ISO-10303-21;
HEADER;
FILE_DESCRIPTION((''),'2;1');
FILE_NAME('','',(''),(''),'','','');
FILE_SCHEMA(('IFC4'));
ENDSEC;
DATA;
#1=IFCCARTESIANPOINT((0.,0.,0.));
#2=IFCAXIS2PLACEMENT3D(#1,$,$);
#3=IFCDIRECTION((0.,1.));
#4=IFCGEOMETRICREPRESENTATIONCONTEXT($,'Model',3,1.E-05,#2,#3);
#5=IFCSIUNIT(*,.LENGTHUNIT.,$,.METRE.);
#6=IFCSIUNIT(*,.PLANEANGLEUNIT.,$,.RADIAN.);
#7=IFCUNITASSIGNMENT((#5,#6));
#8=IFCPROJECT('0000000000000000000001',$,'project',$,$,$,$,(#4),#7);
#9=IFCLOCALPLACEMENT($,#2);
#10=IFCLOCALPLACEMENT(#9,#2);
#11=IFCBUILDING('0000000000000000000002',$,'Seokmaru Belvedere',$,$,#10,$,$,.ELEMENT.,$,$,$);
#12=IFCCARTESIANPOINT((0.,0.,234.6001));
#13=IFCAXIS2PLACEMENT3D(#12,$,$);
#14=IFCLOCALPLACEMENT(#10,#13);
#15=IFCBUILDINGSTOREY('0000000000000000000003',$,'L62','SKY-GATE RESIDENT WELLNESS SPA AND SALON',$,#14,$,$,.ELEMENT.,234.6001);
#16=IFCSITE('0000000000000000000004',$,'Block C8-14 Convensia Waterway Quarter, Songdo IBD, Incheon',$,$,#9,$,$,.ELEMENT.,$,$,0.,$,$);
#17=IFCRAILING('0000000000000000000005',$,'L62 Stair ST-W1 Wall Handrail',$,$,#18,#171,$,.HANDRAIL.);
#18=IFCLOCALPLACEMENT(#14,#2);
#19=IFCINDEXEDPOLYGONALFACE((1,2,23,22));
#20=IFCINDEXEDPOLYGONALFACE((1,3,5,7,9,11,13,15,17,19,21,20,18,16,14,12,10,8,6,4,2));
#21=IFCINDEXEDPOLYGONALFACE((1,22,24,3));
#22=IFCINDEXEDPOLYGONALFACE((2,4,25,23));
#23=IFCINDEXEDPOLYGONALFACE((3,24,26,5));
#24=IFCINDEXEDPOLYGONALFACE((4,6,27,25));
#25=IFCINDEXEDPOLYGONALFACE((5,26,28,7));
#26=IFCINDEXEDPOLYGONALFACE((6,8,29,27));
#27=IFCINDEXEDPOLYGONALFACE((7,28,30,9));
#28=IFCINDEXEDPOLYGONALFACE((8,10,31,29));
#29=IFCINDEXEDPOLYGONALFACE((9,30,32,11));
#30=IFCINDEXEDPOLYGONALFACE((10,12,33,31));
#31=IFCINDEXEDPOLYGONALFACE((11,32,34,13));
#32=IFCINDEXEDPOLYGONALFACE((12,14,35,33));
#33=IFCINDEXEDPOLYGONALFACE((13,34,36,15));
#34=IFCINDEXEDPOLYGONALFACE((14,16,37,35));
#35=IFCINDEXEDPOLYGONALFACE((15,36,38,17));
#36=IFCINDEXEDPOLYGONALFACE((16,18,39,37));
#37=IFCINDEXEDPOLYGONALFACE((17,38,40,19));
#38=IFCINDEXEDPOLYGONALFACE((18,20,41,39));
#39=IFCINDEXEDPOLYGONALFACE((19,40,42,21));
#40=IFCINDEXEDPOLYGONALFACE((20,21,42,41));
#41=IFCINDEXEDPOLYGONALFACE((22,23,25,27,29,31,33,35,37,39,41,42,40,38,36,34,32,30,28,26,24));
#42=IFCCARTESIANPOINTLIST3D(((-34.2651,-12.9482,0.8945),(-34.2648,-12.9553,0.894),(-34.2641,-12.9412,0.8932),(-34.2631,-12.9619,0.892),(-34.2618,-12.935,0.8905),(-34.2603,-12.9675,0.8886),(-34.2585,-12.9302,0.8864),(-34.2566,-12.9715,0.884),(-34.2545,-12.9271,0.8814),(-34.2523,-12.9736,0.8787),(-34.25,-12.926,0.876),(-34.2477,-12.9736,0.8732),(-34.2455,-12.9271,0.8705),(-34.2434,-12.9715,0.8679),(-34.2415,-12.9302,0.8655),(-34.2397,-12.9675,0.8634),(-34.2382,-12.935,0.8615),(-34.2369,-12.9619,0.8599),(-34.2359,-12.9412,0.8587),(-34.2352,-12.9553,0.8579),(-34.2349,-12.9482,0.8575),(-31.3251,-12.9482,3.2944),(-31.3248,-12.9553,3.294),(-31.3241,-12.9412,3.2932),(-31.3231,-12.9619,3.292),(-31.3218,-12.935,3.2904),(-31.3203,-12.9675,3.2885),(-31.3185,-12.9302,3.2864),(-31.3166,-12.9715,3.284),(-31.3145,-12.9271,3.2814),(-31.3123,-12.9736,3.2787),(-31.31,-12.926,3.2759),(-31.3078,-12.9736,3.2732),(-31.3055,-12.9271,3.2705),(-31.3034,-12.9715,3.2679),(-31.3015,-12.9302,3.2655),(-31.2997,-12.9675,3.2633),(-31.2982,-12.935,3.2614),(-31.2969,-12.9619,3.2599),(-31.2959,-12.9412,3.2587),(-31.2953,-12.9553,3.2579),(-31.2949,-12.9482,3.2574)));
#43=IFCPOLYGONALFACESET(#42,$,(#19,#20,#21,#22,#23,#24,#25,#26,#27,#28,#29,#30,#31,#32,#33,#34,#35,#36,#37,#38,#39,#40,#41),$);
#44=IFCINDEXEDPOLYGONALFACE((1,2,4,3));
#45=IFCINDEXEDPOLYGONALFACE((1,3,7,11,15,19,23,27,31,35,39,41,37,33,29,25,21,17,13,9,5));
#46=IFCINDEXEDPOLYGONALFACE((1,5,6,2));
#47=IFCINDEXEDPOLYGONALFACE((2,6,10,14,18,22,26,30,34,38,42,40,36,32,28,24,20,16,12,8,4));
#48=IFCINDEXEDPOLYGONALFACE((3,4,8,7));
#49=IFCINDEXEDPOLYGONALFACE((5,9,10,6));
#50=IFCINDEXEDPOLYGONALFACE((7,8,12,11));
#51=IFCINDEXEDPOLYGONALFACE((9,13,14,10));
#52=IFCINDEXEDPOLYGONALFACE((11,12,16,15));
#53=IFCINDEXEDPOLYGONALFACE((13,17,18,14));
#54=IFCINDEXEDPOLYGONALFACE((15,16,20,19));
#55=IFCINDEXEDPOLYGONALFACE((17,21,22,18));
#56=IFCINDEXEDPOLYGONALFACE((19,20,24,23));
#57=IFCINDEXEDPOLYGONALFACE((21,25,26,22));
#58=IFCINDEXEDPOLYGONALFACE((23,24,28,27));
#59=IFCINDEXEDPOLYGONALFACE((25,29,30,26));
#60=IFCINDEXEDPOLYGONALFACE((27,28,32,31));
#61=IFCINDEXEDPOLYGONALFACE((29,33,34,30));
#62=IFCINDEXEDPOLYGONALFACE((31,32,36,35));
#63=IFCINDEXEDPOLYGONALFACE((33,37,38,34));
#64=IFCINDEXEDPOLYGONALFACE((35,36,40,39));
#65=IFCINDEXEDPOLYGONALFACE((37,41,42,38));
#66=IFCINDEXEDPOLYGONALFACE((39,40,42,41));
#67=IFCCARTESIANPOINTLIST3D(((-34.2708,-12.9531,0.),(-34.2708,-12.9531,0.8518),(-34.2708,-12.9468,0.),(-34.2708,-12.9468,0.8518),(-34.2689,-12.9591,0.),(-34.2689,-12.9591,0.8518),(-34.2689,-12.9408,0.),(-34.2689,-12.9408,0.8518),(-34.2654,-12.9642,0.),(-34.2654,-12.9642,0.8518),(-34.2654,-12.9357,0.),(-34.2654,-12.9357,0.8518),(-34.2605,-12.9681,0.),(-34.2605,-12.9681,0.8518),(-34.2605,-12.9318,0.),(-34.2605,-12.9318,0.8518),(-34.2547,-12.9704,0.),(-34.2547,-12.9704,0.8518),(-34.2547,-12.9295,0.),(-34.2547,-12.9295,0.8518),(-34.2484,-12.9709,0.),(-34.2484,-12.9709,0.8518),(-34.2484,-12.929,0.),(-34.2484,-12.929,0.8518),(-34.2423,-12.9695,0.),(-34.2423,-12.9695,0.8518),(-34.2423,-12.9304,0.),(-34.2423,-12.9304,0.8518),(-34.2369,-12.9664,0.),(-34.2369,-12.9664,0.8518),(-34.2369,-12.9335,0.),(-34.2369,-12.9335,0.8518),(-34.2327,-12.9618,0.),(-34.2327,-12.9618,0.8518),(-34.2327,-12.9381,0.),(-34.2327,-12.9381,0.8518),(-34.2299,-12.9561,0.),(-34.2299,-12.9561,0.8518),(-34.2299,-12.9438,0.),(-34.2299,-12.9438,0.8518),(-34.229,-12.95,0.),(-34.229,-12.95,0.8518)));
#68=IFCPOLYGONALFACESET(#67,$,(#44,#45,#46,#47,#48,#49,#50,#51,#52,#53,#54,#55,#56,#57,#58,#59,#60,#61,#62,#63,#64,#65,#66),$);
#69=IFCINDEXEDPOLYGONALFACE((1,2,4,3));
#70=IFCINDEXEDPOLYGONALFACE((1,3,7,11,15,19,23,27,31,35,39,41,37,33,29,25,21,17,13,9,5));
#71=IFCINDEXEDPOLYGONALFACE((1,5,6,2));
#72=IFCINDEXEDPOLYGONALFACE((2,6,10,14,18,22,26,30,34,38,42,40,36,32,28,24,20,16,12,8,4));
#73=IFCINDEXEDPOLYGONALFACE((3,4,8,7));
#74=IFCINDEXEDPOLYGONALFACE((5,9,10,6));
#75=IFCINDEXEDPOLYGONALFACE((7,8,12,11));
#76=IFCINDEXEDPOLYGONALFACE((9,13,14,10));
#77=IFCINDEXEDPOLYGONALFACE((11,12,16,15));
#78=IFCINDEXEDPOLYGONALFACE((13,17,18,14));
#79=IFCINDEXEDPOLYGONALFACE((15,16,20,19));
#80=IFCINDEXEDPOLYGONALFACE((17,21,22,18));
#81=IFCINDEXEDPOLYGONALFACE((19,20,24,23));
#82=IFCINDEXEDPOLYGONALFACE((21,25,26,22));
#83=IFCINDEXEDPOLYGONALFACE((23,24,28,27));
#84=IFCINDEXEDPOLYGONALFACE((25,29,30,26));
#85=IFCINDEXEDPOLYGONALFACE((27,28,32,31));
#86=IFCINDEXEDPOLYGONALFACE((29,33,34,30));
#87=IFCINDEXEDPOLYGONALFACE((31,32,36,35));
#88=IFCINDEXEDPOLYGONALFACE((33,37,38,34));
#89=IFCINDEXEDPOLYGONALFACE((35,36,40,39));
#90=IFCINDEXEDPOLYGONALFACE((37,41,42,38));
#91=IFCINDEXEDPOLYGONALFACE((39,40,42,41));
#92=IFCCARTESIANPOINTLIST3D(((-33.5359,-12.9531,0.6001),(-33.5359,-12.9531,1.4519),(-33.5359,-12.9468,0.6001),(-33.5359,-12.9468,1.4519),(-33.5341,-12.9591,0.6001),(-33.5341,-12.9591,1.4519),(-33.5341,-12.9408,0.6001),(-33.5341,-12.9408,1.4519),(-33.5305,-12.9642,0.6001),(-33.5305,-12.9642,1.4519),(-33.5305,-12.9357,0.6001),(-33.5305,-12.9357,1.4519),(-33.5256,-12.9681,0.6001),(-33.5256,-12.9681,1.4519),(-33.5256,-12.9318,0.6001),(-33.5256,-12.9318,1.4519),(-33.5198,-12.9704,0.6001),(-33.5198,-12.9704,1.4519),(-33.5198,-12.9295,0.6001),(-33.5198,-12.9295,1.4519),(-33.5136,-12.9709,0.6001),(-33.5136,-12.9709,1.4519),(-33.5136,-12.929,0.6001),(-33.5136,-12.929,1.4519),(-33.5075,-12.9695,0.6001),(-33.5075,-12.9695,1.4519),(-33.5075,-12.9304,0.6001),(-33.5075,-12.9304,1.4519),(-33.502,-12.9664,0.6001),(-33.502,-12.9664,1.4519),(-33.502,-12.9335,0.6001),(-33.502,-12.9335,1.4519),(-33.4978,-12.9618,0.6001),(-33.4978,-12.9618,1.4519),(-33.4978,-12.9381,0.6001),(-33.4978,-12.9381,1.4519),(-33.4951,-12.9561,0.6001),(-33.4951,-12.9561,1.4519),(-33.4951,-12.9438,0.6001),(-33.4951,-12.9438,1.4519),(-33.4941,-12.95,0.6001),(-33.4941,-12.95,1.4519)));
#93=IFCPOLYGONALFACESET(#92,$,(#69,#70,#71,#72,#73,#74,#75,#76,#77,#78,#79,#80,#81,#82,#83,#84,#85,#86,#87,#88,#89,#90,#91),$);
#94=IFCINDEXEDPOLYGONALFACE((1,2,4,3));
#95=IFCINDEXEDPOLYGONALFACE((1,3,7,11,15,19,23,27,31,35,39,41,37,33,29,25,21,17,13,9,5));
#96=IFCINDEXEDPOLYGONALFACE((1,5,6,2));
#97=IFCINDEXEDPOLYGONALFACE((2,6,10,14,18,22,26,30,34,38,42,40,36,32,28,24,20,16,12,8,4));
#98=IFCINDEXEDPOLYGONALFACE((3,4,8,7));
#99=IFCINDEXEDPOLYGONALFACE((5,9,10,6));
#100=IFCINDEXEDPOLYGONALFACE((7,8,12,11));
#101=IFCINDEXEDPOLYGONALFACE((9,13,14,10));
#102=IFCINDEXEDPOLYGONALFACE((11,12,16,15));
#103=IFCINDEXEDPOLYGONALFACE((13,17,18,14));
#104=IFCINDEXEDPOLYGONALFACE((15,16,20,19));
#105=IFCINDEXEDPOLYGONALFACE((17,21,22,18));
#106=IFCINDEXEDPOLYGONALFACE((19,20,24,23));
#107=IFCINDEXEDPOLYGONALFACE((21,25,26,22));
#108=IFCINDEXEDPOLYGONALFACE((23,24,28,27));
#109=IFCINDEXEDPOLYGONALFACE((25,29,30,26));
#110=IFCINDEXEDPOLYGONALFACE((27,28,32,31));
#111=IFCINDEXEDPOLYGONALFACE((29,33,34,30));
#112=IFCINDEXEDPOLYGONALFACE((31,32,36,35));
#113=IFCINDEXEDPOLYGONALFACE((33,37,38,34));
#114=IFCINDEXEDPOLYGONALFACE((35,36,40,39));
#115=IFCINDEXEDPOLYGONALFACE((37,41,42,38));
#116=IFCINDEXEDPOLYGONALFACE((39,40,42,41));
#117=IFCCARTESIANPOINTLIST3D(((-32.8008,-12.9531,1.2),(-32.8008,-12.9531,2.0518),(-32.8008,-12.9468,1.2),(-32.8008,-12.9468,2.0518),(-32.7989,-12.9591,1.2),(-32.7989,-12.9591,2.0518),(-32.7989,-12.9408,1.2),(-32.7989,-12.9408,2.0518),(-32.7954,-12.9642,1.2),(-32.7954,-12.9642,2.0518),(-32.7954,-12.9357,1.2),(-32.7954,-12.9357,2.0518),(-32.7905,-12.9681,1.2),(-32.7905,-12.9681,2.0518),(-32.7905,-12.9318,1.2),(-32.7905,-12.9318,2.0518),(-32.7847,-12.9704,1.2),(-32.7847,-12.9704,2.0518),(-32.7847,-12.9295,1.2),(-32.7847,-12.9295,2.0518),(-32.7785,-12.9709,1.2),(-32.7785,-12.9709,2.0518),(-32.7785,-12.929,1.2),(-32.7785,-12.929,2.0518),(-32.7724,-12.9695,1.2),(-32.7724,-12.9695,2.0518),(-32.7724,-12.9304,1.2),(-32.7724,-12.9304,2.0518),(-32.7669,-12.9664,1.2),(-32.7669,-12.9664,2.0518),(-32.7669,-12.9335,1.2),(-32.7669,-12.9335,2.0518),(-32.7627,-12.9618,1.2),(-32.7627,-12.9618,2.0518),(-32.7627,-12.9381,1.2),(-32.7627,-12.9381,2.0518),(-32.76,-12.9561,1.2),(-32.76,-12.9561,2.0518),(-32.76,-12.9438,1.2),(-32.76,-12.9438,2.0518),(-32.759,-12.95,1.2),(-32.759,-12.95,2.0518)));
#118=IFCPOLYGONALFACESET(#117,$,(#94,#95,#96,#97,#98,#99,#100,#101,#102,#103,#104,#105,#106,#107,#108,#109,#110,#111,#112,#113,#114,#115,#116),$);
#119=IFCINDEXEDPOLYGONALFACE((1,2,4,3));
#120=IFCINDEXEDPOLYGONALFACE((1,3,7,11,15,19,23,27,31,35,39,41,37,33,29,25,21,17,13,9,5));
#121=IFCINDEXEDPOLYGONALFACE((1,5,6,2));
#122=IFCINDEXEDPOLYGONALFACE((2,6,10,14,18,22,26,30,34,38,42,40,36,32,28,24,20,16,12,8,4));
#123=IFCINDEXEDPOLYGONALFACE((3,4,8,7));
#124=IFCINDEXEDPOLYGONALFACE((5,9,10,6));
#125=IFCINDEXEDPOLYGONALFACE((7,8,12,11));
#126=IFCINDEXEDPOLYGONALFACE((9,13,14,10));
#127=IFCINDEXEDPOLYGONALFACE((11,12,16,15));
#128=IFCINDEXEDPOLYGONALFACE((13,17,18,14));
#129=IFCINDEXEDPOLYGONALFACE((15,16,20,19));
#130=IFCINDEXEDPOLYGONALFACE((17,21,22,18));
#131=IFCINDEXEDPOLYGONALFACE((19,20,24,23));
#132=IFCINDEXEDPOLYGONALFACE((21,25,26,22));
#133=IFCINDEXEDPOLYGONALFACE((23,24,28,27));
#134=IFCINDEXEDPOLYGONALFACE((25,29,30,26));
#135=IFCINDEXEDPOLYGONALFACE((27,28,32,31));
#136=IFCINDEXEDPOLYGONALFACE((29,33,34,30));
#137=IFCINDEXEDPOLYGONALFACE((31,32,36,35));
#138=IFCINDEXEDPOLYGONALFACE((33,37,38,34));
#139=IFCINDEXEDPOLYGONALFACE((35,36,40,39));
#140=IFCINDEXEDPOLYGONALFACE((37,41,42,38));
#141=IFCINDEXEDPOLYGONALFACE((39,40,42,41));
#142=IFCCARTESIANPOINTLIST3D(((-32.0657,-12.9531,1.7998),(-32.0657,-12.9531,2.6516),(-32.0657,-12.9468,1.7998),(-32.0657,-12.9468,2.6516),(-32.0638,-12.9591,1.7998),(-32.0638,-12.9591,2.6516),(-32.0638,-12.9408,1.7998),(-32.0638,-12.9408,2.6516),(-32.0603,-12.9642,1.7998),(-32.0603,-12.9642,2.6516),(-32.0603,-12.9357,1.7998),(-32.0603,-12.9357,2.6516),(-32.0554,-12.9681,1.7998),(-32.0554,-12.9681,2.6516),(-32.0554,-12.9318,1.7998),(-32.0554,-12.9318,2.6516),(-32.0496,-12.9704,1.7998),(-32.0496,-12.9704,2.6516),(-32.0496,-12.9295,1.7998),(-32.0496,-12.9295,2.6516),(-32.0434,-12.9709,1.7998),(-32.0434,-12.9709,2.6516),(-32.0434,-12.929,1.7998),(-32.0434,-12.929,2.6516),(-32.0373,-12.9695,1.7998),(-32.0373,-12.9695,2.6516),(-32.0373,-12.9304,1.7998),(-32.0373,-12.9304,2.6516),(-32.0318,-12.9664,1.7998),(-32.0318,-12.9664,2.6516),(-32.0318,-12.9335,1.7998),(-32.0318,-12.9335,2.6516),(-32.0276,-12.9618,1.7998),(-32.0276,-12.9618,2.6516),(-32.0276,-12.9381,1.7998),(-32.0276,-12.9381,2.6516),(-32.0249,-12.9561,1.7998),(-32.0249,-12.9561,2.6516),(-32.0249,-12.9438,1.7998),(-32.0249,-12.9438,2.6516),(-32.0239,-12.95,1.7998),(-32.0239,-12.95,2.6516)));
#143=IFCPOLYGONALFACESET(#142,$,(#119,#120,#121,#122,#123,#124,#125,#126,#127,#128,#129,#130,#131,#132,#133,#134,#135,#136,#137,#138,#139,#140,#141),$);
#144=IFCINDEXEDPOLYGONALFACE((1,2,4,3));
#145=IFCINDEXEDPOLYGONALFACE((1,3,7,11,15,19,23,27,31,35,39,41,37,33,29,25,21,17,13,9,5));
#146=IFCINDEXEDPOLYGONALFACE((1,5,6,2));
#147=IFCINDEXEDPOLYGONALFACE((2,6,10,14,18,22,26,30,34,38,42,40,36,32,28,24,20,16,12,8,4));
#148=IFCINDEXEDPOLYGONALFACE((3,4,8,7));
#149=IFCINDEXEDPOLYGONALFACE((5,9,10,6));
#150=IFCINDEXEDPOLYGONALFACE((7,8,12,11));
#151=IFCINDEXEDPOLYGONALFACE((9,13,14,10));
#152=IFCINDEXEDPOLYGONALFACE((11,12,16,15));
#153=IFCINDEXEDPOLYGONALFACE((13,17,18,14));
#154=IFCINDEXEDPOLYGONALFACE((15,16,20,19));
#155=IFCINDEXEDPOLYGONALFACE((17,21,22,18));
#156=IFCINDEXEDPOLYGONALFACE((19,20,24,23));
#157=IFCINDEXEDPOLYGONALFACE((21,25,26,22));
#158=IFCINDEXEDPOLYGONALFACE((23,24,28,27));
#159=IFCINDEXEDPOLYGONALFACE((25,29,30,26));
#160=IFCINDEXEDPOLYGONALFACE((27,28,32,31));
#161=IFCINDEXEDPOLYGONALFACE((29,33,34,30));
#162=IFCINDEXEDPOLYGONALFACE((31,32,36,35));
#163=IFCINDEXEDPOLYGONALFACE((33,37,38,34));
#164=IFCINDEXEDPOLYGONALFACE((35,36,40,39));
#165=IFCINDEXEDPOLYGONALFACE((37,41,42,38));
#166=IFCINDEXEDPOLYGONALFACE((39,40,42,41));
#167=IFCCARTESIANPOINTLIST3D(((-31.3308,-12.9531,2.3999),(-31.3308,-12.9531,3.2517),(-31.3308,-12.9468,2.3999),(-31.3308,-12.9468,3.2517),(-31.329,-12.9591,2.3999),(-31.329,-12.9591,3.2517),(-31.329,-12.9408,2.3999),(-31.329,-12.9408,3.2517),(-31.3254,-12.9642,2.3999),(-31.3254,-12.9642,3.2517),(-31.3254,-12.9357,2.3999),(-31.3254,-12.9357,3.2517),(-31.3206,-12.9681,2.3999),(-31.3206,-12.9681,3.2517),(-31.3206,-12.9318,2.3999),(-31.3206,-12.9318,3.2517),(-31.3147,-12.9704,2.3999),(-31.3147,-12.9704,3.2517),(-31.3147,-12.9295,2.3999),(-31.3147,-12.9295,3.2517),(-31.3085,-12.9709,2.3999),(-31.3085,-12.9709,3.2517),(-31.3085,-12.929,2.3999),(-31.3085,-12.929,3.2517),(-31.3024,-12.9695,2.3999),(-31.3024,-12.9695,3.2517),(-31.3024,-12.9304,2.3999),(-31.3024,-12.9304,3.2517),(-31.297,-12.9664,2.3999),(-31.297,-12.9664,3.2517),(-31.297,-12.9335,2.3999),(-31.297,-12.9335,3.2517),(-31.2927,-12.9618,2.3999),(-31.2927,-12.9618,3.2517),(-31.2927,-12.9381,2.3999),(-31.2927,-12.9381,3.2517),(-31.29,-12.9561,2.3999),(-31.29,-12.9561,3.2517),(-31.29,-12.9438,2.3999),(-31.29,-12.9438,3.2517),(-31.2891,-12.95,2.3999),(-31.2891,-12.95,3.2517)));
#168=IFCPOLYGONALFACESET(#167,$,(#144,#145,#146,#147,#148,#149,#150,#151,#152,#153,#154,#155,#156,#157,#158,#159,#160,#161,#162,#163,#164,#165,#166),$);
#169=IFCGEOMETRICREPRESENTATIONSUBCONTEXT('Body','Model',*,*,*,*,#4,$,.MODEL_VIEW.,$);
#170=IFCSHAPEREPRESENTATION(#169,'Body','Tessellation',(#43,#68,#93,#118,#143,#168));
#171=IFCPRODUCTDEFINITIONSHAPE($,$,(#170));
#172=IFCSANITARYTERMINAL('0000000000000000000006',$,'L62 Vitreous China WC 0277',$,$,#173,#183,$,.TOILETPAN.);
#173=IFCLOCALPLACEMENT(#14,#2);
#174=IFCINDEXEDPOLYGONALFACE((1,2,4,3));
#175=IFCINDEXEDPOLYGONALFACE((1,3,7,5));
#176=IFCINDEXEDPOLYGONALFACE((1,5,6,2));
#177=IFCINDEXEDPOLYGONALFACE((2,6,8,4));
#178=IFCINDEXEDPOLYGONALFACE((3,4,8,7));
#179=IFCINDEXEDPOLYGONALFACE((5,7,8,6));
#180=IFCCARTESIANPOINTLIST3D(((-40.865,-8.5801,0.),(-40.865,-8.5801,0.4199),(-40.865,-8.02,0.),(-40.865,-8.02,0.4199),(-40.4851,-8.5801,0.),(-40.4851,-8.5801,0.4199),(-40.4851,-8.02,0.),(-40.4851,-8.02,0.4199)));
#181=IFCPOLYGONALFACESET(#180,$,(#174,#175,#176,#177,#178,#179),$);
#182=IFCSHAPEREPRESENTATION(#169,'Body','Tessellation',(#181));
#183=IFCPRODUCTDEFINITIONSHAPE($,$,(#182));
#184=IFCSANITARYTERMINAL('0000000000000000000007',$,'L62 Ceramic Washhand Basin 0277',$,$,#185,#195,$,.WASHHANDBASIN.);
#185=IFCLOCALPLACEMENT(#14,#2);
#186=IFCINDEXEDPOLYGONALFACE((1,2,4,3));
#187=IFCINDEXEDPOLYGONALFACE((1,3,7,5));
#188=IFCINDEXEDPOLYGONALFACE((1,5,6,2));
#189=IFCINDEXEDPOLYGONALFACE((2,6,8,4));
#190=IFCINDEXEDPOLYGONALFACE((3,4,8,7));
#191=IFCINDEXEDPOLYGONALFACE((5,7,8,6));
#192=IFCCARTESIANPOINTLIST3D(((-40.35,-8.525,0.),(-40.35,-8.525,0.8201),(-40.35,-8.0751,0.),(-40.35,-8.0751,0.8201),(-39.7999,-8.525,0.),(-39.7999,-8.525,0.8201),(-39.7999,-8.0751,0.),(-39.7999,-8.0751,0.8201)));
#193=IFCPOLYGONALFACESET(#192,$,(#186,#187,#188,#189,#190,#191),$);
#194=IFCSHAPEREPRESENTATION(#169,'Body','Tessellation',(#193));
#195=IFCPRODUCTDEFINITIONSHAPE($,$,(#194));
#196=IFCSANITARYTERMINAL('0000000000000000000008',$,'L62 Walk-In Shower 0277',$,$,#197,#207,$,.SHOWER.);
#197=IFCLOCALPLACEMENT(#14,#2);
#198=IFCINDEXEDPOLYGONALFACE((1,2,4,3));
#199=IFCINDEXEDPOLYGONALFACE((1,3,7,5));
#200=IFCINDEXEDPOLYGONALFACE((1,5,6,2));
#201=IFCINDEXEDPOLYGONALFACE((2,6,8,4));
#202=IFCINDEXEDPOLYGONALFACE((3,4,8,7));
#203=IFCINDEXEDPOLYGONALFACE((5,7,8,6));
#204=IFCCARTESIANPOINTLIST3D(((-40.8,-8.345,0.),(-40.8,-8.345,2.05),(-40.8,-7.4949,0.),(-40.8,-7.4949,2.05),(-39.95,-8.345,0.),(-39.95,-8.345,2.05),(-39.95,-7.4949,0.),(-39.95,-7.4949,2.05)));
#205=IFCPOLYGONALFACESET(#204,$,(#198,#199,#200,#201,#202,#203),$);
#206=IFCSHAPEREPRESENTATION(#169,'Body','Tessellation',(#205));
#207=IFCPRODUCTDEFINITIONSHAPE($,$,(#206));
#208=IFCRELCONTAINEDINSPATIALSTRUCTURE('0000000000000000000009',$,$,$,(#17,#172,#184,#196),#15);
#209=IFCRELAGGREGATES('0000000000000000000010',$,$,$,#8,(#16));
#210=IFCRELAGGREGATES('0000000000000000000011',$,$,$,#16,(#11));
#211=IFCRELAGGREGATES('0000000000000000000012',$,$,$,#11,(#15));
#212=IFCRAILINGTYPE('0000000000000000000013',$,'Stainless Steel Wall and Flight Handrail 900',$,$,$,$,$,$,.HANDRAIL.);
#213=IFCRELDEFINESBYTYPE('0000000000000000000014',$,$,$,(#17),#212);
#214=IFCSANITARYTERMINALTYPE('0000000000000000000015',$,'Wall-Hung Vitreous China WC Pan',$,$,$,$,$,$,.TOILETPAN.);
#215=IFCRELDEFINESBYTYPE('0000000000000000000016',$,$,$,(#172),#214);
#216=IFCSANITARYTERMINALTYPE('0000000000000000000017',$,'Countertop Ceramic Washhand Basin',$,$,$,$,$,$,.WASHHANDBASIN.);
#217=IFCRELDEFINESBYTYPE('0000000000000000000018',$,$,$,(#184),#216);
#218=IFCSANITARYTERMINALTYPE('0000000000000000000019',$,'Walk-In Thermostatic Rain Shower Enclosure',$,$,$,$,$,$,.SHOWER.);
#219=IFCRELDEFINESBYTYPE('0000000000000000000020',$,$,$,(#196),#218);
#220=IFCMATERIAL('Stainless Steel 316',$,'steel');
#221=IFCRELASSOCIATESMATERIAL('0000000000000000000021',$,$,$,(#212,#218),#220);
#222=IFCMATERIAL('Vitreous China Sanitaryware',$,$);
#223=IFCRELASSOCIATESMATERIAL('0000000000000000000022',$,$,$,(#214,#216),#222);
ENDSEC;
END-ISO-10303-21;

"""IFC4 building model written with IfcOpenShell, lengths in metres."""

from ifc_helpers import new_model, si_unit, direction, frame, origin, origin_2d, place, context, subcontext, project, spatial, rectangle, circle, extrude, source, transform, mapped, material, type_object, type_shapes, element, save


model = new_model("IFC4")

# Units and contexts
model_context = context("Model", 3, precision=1e-05, world=origin(), true_north=direction((0.0, 1.0)))
body_context = subcontext(model_context, "Body", "Model", "MODEL_VIEW")
ifc_project = project(units=[si_unit("LENGTHUNIT", "METRE"), si_unit("PLANEANGLEUNIT", "RADIAN")], contexts=[model_context])

# Site, building, storey
site_placement = place(None, origin())
site = spatial("IfcSite", under=ifc_project, at=site_placement, Name="Block C8-14 Convensia Waterway Quarter, Songdo IBD, Incheon", CompositionType="ELEMENT", RefElevation=0.0)
building_placement = place(site_placement, origin())
building = spatial("IfcBuilding", under=site, at=building_placement, Name="Seokmaru Belvedere", CompositionType="ELEMENT")
storey_placement = place(building_placement, frame((0.0, 0.0, 234.6001)))
storey = spatial("IfcBuildingStorey", under=building, at=storey_placement, Name="L62", Description="SKY-GATE RESIDENT WELLNESS SPA AND SALON", CompositionType="ELEMENT", Elevation=234.6001)

# Railing
ifc_material_1 = material(Name="Stainless Steel 316", Category="steel")
railing_type_1 = type_object("IfcRailingType", Name="Stainless Steel Wall and Flight Handrail 900", PredefinedType="HANDRAIL", material=ifc_material_1)
railing_1_placement = place(storey_placement, frame((-34.25, -12.95, 0.0)))
element("IfcRailing", 1, at=railing_1_placement, inside=storey, type_object=railing_type_1, Name="L62 Stair ST-W1 Wall Handrail", PredefinedType="HANDRAIL", context=body_context, shape_type="SweptSolid", body=[
    extrude(circle(Radius=0.0239, at=origin_2d()), frame((0.0, 0.0, 0.876), z_axis=(0.774668, 0.0, 0.632369), x_axis=(0.0, 1.0, 0.0)), (0.0, 0.0, 1.0), 3.7952),
    extrude(circle(Radius=0.021, at=origin_2d()), origin(), (0.0, 0.0, 1.0), 0.8518),
    extrude(circle(Radius=0.021, at=origin_2d()), frame((0.7349, 0.0, 0.6001)), (0.0, 0.0, 1.0), 0.8518),
    extrude(circle(Radius=0.021, at=origin_2d()), frame((1.47, 0.0, 1.2)), (0.0, 0.0, 1.0), 0.8518),
    extrude(circle(Radius=0.021, at=origin_2d()), frame((2.2051, 0.0, 1.7998)), (0.0, 0.0, 1.0), 0.8518),
    extrude(circle(Radius=0.021, at=origin_2d()), frame((2.9399, 0.0, 2.3999)), (0.0, 0.0, 1.0), 0.8518),
])

# Sanitary terminals
ifc_material_2 = material(Name="Vitreous China Sanitaryware")
sanitary_terminal_type_1 = type_object("IfcSanitaryTerminalType", Name="Wall-Hung Vitreous China WC Pan", PredefinedType="TOILETPAN", material=ifc_material_2)
shared_shape_1 = source(origin(), body_context, "Body", "SweptSolid", [
    extrude(rectangle(XDim=0.3799, YDim=0.5601, at=origin_2d()), origin(), (0.0, 0.0, 1.0), 0.4199),
])
type_shapes(sanitary_terminal_type_1, [shared_shape_1])
sanitary_terminal_1_placement = place(storey_placement, frame((-40.675, -8.3, 0.0), z_axis=(0.0, 0.0, 1.0), x_axis=(1.0, 0.0, 0.0)))
element("IfcSanitaryTerminal", 2, at=sanitary_terminal_1_placement, inside=storey, type_object=sanitary_terminal_type_1, Name="L62 Vitreous China WC 0277", PredefinedType="TOILETPAN", context=body_context, shape_type="MappedRepresentation", body=[
    mapped(shared_shape_1, transform((0.0, 0.0, 0.0), scale=1.0)),
])
sanitary_terminal_type_2 = type_object("IfcSanitaryTerminalType", Name="Countertop Ceramic Washhand Basin", PredefinedType="WASHHANDBASIN", material=ifc_material_2)
shared_shape_2 = source(origin(), body_context, "Body", "SweptSolid", [
    extrude(rectangle(XDim=0.55, YDim=0.45, at=origin_2d()), origin(), (0.0, 0.0, 1.0), 0.8201),
])
type_shapes(sanitary_terminal_type_2, [shared_shape_2])
sanitary_terminal_2_placement = place(storey_placement, frame((-40.075, -8.3, 0.0), z_axis=(0.0, 0.0, 1.0), x_axis=(1.0, 0.0, 0.0)))
element("IfcSanitaryTerminal", 3, at=sanitary_terminal_2_placement, inside=storey, type_object=sanitary_terminal_type_2, Name="L62 Ceramic Washhand Basin 0277", PredefinedType="WASHHANDBASIN", context=body_context, shape_type="MappedRepresentation", body=[
    mapped(shared_shape_2, transform((0.0, 0.0, 0.0), scale=1.0)),
])
sanitary_terminal_type_3 = type_object("IfcSanitaryTerminalType", Name="Walk-In Thermostatic Rain Shower Enclosure", PredefinedType="SHOWER", material=ifc_material_1)
shared_shape_3 = source(origin(), body_context, "Body", "SweptSolid", [
    extrude(rectangle(XDim=0.8501, YDim=0.8501, at=origin_2d()), origin(), (0.0, 0.0, 1.0), 2.05),
])
type_shapes(sanitary_terminal_type_3, [shared_shape_3])
sanitary_terminal_3_placement = place(storey_placement, frame((-40.375, -7.9199, 0.0), z_axis=(0.0, 0.0, 1.0), x_axis=(1.0, 0.0, 0.0)))
element("IfcSanitaryTerminal", 4, at=sanitary_terminal_3_placement, inside=storey, type_object=sanitary_terminal_type_3, Name="L62 Walk-In Shower 0277", PredefinedType="SHOWER", context=body_context, shape_type="MappedRepresentation", body=[
    mapped(shared_shape_3, transform((0.0, 0.0, 0.0), scale=1.0)),
])

save(model, "model.ifc")
